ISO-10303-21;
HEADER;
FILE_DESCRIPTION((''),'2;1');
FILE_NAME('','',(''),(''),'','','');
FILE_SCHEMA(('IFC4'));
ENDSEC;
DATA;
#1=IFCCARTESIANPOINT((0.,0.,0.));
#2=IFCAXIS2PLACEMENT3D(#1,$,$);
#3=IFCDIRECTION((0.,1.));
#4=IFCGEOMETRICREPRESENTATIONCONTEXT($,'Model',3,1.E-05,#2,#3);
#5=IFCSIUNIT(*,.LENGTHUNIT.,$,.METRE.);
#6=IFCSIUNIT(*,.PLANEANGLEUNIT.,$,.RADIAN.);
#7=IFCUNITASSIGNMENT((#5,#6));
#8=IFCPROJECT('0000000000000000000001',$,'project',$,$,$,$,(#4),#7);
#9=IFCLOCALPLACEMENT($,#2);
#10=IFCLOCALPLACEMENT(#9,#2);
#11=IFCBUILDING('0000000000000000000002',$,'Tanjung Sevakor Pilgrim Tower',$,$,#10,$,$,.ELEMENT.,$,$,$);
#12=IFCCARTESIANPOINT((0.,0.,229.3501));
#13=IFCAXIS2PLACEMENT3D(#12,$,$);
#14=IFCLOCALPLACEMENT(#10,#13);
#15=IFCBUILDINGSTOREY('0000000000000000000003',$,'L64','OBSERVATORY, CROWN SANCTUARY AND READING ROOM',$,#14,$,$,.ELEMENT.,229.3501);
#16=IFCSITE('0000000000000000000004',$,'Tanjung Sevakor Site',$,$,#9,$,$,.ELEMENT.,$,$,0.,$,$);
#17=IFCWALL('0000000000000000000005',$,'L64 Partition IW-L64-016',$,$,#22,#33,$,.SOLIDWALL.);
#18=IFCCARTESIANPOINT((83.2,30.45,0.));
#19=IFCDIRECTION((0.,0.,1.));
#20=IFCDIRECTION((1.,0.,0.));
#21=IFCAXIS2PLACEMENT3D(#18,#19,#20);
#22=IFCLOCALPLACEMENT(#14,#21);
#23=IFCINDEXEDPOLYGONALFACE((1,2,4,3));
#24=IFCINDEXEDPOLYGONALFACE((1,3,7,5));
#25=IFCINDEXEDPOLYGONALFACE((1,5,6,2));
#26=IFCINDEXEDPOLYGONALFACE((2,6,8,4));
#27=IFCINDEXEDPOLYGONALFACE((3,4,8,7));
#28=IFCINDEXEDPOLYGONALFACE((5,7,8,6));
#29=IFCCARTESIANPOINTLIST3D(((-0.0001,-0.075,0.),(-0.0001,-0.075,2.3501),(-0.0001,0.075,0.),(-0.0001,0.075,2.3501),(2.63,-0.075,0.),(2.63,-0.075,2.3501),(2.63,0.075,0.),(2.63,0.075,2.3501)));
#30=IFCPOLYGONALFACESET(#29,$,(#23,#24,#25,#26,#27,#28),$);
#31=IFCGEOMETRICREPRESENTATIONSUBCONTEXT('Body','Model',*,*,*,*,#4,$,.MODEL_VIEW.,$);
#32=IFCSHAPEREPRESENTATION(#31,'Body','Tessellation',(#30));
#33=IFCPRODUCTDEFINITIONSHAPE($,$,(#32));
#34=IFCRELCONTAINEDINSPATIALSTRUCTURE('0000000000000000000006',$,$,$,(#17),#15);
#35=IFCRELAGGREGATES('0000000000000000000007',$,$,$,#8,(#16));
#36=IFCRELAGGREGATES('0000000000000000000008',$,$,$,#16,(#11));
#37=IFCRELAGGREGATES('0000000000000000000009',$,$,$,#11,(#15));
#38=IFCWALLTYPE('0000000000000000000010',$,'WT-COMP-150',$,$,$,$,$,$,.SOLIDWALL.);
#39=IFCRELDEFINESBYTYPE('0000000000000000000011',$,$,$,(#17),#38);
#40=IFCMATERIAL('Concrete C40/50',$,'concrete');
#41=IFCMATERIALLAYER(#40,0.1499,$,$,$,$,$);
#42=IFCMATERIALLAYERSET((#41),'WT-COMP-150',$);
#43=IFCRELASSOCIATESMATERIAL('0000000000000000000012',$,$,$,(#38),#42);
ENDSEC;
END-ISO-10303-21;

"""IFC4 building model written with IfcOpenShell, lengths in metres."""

from ifc_helpers import new_model, si_unit, direction, frame, frame_2d, origin, place, context, subcontext, project, spatial, rectangle, extrude, material, layer, layer_set, type_object, element, save


model = new_model("IFC4")

# Units and contexts
model_context = context("Model", 3, precision=1e-05, world=origin(), true_north=direction((0.0, 1.0)))
body_context = subcontext(model_context, "Body", "Model", "MODEL_VIEW")
ifc_project = project(units=[si_unit("LENGTHUNIT", "METRE"), si_unit("PLANEANGLEUNIT", "RADIAN")], contexts=[model_context])

# Site, building, storey
site_placement = place(None, origin())
site = spatial("IfcSite", under=ifc_project, at=site_placement, Name="Tanjung Sevakor Site", CompositionType="ELEMENT", RefElevation=0.0)
building_placement = place(site_placement, origin())
building = spatial("IfcBuilding", under=site, at=building_placement, Name="Tanjung Sevakor Pilgrim Tower", CompositionType="ELEMENT")
storey_placement = place(building_placement, frame((0.0, 0.0, 229.3501)))
storey = spatial("IfcBuildingStorey", under=building, at=storey_placement, Name="L64", Description="OBSERVATORY, CROWN SANCTUARY AND READING ROOM", CompositionType="ELEMENT", Elevation=229.3501)

# Wall
ifc_material_1 = material(Name="Concrete C40/50", Category="concrete")
ifc_layer_1 = layer(ifc_material_1, 0.1499)
ifc_layer_set_1 = layer_set([ifc_layer_1], Name="WT-COMP-150")
wall_type_1 = type_object("IfcWallType", Name="WT-COMP-150", PredefinedType="SOLIDWALL", material=ifc_layer_set_1)
wall_1_placement = place(storey_placement, frame((83.2, 30.45, 0.0), z_axis=(0.0, 0.0, 1.0), x_axis=(1.0, 0.0, 0.0)))
element("IfcWall", 1, at=wall_1_placement, inside=storey, type_object=wall_type_1, Name="L64 Partition IW-L64-016", PredefinedType="SOLIDWALL", context=body_context, shape_type="SweptSolid", body=[
    extrude(rectangle(XDim=2.6301, YDim=0.1499, at=frame_2d((1.3149, 0.0))), origin(), (0.0, 0.0, 1.0), 2.3501),
])

save(model, "model.ifc")
